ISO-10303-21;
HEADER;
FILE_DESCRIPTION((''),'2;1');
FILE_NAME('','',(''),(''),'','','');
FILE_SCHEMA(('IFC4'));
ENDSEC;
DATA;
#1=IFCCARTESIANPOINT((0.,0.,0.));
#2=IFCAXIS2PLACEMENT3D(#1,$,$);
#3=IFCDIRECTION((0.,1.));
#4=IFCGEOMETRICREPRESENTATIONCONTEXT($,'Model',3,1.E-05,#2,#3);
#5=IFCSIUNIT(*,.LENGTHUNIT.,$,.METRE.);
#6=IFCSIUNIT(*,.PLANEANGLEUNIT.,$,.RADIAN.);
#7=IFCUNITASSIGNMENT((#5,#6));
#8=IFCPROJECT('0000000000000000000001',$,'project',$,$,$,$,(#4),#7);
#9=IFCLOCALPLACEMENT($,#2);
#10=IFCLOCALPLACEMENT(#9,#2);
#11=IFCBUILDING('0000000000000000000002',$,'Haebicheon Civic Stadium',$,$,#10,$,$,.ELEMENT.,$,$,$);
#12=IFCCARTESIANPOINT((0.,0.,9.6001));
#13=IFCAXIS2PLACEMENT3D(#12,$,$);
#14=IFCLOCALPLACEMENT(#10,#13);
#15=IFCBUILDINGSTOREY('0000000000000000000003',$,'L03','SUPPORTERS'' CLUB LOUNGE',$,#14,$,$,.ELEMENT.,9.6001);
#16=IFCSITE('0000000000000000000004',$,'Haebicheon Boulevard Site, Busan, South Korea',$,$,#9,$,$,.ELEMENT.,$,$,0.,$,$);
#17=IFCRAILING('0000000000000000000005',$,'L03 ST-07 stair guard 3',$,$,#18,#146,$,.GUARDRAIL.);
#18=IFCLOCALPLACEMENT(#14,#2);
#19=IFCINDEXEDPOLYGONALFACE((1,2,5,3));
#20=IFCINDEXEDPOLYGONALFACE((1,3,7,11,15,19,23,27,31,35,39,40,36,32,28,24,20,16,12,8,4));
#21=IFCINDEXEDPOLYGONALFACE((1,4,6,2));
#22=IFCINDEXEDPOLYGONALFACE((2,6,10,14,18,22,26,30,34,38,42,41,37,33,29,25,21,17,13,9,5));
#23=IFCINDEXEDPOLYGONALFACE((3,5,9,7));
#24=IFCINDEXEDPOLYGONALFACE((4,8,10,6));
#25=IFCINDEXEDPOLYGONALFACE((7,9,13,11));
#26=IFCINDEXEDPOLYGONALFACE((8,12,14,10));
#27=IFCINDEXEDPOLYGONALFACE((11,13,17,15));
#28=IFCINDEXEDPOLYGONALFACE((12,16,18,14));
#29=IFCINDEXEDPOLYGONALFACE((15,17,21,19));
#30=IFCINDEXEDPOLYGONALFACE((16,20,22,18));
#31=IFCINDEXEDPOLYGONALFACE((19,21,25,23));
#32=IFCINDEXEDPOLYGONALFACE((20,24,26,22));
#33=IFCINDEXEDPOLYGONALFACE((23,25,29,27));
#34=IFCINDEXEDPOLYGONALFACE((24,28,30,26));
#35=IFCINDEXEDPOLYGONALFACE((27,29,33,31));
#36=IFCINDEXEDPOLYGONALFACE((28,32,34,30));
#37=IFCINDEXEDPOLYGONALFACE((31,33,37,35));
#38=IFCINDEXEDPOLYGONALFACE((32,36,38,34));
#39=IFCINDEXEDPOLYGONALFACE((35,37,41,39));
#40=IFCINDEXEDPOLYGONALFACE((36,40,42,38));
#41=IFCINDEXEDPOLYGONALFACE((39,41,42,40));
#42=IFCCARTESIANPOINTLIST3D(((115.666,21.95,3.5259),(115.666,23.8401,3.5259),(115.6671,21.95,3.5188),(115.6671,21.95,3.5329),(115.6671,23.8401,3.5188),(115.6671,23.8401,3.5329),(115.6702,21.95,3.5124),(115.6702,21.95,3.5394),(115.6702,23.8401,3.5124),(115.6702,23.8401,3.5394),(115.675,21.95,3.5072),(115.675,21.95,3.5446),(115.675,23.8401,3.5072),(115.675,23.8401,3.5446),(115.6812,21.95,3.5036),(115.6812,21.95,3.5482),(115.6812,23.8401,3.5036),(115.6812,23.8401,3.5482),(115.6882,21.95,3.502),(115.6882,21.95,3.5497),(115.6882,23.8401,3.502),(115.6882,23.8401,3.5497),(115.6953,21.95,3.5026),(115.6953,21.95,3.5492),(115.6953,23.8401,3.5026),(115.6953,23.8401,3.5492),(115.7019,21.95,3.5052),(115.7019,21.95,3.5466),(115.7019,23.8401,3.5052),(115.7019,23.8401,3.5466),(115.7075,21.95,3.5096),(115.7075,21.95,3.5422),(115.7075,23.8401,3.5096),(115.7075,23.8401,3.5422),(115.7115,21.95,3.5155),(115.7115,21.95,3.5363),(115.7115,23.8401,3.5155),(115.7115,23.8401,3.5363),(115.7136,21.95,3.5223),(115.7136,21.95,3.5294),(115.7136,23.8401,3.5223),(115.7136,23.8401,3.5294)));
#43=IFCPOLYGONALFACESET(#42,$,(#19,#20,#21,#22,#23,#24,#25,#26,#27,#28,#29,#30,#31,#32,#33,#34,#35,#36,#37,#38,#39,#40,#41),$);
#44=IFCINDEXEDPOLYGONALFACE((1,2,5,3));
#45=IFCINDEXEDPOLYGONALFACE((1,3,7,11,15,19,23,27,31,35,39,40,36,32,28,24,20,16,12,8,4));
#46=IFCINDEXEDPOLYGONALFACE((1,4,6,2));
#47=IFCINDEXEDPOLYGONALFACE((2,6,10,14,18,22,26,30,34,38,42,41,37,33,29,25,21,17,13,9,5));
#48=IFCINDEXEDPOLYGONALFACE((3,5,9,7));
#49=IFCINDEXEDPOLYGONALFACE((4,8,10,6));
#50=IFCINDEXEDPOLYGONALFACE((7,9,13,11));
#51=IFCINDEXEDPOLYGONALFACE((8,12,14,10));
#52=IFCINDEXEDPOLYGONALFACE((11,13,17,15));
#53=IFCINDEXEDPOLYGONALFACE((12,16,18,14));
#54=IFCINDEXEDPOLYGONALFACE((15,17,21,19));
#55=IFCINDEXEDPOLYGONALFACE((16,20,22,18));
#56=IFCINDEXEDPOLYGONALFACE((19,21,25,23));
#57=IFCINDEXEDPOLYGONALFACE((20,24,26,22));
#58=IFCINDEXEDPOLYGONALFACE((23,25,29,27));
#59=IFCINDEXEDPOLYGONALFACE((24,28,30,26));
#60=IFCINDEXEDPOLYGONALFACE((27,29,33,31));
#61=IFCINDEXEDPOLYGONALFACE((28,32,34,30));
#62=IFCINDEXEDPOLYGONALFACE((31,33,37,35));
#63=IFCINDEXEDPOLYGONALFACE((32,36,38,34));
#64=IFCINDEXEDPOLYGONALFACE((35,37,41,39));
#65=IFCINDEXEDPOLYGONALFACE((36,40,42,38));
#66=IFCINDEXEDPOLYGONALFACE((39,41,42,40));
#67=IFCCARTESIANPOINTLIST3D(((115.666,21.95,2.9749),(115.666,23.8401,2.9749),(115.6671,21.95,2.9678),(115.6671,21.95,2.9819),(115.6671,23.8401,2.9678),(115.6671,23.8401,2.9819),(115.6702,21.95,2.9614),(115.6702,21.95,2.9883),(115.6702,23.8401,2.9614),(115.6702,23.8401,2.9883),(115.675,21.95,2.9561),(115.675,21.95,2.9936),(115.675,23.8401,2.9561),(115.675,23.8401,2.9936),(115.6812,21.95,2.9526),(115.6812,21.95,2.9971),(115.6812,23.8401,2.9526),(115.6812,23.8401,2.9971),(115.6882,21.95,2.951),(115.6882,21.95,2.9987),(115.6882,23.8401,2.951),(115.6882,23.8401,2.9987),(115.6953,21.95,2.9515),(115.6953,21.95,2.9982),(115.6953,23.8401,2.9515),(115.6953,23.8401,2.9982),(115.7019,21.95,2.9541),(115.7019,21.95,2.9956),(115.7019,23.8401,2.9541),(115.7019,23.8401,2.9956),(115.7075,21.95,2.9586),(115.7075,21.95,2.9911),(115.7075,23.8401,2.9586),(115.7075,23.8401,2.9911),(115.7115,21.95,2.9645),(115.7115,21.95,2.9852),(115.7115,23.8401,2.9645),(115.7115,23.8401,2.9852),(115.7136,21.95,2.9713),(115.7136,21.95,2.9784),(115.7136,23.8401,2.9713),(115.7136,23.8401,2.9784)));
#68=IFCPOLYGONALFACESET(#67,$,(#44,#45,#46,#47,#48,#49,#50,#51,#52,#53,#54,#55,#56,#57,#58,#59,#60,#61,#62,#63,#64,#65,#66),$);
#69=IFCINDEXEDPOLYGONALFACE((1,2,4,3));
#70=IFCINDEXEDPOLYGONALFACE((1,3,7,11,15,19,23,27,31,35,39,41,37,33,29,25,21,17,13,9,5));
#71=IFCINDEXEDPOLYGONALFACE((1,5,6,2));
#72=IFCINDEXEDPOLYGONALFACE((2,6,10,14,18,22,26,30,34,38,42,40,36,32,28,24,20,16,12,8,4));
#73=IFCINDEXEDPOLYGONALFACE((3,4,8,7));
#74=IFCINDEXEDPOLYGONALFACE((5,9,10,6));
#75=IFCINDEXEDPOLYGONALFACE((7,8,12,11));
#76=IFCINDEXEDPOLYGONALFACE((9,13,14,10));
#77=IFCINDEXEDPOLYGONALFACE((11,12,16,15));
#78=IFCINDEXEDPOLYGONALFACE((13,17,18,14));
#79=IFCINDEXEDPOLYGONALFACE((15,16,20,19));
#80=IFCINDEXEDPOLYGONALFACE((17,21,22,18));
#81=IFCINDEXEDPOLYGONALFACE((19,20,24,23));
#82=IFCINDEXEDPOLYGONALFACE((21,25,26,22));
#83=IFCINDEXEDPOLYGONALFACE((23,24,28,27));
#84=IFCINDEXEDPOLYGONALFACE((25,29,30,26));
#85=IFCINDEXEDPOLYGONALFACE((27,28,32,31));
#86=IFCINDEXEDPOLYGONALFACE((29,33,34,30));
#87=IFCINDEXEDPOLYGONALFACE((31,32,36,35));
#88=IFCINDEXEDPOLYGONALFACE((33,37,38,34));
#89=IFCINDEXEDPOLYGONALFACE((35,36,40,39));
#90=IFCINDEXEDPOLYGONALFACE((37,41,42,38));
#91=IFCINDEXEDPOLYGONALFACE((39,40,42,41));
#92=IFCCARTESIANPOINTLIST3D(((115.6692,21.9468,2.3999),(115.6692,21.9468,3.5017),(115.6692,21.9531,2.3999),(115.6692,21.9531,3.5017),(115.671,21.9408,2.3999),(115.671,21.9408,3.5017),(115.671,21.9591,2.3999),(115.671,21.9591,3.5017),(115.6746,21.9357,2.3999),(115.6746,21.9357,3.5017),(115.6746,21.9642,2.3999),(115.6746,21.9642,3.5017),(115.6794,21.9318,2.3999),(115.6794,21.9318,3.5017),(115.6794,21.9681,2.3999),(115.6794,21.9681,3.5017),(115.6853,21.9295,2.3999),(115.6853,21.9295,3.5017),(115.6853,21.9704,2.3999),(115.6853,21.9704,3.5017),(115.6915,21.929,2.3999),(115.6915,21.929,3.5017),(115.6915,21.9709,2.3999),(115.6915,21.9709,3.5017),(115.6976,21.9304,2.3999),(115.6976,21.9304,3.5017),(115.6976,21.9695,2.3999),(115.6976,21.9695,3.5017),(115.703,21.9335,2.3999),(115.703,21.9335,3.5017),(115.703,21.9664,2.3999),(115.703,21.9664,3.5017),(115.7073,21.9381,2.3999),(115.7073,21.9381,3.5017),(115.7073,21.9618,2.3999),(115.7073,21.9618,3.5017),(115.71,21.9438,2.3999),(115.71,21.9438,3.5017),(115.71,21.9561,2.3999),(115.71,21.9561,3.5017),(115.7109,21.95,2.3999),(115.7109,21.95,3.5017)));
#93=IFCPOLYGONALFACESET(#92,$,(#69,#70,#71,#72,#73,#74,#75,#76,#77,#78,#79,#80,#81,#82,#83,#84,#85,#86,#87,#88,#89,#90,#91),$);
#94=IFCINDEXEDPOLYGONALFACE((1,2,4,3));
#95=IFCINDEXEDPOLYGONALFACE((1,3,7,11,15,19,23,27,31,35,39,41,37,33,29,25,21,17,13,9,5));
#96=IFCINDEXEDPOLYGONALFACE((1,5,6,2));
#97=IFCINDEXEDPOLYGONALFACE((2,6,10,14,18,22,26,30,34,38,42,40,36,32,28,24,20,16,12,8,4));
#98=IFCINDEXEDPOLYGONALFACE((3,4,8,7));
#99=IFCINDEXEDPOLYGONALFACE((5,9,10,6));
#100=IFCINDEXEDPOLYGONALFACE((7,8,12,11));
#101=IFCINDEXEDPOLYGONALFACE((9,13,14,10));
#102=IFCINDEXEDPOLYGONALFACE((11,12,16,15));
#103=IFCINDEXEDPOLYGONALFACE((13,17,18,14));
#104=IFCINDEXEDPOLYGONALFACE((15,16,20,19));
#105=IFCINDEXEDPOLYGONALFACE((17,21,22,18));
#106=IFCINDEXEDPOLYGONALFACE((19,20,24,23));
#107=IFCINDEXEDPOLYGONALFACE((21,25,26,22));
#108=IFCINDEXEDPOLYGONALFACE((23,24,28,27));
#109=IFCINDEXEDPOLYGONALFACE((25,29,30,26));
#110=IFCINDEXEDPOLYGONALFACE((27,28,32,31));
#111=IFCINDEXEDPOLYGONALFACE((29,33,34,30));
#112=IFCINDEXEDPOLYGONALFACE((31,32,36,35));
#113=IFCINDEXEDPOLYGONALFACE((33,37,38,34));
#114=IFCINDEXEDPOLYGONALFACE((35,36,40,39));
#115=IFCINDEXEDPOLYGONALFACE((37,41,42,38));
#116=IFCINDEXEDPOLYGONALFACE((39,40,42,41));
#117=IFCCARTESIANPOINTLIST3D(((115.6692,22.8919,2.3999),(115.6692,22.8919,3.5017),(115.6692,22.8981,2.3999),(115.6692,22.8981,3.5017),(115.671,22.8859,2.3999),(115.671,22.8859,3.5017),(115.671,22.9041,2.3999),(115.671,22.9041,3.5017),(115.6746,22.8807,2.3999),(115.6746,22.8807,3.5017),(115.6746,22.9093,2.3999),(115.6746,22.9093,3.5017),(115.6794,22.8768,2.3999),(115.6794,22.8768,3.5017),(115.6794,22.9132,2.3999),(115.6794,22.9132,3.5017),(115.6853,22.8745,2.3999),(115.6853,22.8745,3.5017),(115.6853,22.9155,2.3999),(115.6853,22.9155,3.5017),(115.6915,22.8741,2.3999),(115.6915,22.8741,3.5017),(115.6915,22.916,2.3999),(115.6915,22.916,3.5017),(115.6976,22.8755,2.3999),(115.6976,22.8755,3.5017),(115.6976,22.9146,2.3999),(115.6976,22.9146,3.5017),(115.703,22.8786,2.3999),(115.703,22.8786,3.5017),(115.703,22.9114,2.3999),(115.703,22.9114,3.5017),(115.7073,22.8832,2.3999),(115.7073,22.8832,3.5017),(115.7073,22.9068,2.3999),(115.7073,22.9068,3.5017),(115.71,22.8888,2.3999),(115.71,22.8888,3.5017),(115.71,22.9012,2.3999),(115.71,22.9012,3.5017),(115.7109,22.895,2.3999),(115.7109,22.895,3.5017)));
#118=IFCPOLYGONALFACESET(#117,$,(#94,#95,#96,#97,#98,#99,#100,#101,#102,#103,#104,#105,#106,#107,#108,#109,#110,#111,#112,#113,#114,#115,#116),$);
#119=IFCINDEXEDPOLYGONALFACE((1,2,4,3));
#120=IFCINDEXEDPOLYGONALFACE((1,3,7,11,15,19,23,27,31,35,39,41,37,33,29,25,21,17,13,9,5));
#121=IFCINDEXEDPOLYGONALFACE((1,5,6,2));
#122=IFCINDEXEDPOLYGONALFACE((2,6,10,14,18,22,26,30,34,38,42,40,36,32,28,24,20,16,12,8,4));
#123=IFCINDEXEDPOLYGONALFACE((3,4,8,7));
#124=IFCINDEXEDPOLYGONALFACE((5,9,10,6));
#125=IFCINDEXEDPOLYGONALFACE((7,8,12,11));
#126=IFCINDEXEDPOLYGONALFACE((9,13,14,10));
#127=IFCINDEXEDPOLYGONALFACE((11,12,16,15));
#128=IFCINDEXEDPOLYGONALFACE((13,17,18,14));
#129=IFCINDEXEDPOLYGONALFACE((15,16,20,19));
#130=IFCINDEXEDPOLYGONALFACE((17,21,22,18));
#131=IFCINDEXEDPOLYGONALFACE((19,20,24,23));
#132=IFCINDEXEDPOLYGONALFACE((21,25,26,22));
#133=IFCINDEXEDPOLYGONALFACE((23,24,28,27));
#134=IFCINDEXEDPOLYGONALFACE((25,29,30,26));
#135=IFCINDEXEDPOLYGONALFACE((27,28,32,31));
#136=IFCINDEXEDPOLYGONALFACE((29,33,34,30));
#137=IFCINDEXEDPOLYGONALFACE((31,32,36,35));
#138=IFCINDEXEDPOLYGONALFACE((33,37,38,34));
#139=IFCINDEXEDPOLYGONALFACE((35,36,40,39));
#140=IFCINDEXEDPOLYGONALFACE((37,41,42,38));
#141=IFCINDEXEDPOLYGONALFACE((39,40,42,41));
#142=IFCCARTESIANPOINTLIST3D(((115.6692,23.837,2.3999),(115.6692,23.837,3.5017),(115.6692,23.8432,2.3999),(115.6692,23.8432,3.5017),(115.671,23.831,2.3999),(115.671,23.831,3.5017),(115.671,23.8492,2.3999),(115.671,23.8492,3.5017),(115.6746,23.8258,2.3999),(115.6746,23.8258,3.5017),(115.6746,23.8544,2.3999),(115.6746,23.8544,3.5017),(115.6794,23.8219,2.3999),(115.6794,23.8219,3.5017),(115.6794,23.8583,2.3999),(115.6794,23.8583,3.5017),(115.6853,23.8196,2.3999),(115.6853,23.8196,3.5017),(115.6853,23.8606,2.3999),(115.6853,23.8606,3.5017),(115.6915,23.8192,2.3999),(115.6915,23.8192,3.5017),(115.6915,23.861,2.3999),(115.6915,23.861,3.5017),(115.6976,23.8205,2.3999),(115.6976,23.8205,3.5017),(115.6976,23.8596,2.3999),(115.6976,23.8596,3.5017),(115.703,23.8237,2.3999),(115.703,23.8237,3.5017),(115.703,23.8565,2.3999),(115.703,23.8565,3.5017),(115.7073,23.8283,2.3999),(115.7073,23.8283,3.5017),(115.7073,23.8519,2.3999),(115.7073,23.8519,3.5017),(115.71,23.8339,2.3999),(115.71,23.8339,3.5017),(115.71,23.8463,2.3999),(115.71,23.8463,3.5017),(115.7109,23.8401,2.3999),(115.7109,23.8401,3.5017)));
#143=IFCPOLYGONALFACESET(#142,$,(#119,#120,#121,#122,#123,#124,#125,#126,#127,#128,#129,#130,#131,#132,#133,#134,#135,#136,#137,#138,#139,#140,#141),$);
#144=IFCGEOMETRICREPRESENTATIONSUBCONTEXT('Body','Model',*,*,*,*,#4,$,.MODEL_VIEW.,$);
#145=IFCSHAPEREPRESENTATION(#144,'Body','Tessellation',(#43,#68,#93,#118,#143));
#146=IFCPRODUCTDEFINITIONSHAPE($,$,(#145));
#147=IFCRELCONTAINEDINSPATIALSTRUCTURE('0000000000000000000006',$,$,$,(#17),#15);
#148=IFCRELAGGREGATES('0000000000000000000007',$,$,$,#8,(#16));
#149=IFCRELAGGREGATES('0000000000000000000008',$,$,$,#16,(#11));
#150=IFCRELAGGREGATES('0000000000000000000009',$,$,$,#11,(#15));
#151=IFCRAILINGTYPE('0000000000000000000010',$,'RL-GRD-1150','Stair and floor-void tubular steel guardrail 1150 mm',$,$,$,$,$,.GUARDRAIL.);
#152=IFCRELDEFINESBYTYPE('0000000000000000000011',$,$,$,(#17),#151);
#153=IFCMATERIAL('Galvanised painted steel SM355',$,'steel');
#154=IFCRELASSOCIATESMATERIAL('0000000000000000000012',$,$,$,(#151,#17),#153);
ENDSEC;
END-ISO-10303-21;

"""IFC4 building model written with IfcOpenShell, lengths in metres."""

from ifc_helpers import new_model, si_unit, direction, frame, origin, origin_2d, place, context, subcontext, project, spatial, circle, extrude, material, type_object, element, save


model = new_model("IFC4")

# Units and contexts
model_context = context("Model", 3, precision=1e-05, world=origin(), true_north=direction((0.0, 1.0)))
body_context = subcontext(model_context, "Body", "Model", "MODEL_VIEW")
ifc_project = project(units=[si_unit("LENGTHUNIT", "METRE"), si_unit("PLANEANGLEUNIT", "RADIAN")], contexts=[model_context])

# Site, building, storey
site_placement = place(None, origin())
site = spatial("IfcSite", under=ifc_project, at=site_placement, Name="Haebicheon Boulevard Site, Busan, South Korea", CompositionType="ELEMENT", RefElevation=0.0)
building_placement = place(site_placement, origin())
building = spatial("IfcBuilding", under=site, at=building_placement, Name="Haebicheon Civic Stadium", CompositionType="ELEMENT")
storey_placement = place(building_placement, frame((0.0, 0.0, 9.6001)))
storey = spatial("IfcBuildingStorey", under=building, at=storey_placement, Name="L03", Description="SUPPORTERS' CLUB LOUNGE", CompositionType="ELEMENT", Elevation=9.6001)

# Railing
ifc_material_1 = material(Name="Galvanised painted steel SM355", Category="steel")
railing_type_1 = type_object("IfcRailingType", Name="RL-GRD-1150", Description="Stair and floor-void tubular steel guardrail 1150 mm", PredefinedType="GUARDRAIL", material=ifc_material_1)
railing_1_placement = place(storey_placement, frame((115.6899, 21.95, 2.3999)))
element("IfcRailing", 1, at=railing_1_placement, inside=storey, type_object=railing_type_1, material=ifc_material_1, Name="L03 ST-07 stair guard 3", PredefinedType="GUARDRAIL", context=body_context, shape_type="SweptSolid", body=[
    extrude(circle(Radius=0.0239, at=origin_2d()), frame((0.0, 0.0, 1.126), z_axis=(0.0, 1.0, 0.0), x_axis=(-1.0, 0.0, 0.0)), (0.0, 0.0, 1.0), 1.8901),
    extrude(circle(Radius=0.0239, at=origin_2d()), frame((0.0, 0.0, 0.575), z_axis=(0.0, 1.0, 0.0), x_axis=(-1.0, 0.0, 0.0)), (0.0, 0.0, 1.0), 1.8901),
    extrude(circle(Radius=0.021, at=origin_2d()), origin(), (0.0, 0.0, 1.0), 1.1018),
    extrude(circle(Radius=0.021, at=origin_2d()), frame((0.0, 0.9451, 0.0)), (0.0, 0.0, 1.0), 1.1018),
    extrude(circle(Radius=0.021, at=origin_2d()), frame((0.0, 1.8901, 0.0)), (0.0, 0.0, 1.0), 1.1018),
])

save(model, "model.ifc")
